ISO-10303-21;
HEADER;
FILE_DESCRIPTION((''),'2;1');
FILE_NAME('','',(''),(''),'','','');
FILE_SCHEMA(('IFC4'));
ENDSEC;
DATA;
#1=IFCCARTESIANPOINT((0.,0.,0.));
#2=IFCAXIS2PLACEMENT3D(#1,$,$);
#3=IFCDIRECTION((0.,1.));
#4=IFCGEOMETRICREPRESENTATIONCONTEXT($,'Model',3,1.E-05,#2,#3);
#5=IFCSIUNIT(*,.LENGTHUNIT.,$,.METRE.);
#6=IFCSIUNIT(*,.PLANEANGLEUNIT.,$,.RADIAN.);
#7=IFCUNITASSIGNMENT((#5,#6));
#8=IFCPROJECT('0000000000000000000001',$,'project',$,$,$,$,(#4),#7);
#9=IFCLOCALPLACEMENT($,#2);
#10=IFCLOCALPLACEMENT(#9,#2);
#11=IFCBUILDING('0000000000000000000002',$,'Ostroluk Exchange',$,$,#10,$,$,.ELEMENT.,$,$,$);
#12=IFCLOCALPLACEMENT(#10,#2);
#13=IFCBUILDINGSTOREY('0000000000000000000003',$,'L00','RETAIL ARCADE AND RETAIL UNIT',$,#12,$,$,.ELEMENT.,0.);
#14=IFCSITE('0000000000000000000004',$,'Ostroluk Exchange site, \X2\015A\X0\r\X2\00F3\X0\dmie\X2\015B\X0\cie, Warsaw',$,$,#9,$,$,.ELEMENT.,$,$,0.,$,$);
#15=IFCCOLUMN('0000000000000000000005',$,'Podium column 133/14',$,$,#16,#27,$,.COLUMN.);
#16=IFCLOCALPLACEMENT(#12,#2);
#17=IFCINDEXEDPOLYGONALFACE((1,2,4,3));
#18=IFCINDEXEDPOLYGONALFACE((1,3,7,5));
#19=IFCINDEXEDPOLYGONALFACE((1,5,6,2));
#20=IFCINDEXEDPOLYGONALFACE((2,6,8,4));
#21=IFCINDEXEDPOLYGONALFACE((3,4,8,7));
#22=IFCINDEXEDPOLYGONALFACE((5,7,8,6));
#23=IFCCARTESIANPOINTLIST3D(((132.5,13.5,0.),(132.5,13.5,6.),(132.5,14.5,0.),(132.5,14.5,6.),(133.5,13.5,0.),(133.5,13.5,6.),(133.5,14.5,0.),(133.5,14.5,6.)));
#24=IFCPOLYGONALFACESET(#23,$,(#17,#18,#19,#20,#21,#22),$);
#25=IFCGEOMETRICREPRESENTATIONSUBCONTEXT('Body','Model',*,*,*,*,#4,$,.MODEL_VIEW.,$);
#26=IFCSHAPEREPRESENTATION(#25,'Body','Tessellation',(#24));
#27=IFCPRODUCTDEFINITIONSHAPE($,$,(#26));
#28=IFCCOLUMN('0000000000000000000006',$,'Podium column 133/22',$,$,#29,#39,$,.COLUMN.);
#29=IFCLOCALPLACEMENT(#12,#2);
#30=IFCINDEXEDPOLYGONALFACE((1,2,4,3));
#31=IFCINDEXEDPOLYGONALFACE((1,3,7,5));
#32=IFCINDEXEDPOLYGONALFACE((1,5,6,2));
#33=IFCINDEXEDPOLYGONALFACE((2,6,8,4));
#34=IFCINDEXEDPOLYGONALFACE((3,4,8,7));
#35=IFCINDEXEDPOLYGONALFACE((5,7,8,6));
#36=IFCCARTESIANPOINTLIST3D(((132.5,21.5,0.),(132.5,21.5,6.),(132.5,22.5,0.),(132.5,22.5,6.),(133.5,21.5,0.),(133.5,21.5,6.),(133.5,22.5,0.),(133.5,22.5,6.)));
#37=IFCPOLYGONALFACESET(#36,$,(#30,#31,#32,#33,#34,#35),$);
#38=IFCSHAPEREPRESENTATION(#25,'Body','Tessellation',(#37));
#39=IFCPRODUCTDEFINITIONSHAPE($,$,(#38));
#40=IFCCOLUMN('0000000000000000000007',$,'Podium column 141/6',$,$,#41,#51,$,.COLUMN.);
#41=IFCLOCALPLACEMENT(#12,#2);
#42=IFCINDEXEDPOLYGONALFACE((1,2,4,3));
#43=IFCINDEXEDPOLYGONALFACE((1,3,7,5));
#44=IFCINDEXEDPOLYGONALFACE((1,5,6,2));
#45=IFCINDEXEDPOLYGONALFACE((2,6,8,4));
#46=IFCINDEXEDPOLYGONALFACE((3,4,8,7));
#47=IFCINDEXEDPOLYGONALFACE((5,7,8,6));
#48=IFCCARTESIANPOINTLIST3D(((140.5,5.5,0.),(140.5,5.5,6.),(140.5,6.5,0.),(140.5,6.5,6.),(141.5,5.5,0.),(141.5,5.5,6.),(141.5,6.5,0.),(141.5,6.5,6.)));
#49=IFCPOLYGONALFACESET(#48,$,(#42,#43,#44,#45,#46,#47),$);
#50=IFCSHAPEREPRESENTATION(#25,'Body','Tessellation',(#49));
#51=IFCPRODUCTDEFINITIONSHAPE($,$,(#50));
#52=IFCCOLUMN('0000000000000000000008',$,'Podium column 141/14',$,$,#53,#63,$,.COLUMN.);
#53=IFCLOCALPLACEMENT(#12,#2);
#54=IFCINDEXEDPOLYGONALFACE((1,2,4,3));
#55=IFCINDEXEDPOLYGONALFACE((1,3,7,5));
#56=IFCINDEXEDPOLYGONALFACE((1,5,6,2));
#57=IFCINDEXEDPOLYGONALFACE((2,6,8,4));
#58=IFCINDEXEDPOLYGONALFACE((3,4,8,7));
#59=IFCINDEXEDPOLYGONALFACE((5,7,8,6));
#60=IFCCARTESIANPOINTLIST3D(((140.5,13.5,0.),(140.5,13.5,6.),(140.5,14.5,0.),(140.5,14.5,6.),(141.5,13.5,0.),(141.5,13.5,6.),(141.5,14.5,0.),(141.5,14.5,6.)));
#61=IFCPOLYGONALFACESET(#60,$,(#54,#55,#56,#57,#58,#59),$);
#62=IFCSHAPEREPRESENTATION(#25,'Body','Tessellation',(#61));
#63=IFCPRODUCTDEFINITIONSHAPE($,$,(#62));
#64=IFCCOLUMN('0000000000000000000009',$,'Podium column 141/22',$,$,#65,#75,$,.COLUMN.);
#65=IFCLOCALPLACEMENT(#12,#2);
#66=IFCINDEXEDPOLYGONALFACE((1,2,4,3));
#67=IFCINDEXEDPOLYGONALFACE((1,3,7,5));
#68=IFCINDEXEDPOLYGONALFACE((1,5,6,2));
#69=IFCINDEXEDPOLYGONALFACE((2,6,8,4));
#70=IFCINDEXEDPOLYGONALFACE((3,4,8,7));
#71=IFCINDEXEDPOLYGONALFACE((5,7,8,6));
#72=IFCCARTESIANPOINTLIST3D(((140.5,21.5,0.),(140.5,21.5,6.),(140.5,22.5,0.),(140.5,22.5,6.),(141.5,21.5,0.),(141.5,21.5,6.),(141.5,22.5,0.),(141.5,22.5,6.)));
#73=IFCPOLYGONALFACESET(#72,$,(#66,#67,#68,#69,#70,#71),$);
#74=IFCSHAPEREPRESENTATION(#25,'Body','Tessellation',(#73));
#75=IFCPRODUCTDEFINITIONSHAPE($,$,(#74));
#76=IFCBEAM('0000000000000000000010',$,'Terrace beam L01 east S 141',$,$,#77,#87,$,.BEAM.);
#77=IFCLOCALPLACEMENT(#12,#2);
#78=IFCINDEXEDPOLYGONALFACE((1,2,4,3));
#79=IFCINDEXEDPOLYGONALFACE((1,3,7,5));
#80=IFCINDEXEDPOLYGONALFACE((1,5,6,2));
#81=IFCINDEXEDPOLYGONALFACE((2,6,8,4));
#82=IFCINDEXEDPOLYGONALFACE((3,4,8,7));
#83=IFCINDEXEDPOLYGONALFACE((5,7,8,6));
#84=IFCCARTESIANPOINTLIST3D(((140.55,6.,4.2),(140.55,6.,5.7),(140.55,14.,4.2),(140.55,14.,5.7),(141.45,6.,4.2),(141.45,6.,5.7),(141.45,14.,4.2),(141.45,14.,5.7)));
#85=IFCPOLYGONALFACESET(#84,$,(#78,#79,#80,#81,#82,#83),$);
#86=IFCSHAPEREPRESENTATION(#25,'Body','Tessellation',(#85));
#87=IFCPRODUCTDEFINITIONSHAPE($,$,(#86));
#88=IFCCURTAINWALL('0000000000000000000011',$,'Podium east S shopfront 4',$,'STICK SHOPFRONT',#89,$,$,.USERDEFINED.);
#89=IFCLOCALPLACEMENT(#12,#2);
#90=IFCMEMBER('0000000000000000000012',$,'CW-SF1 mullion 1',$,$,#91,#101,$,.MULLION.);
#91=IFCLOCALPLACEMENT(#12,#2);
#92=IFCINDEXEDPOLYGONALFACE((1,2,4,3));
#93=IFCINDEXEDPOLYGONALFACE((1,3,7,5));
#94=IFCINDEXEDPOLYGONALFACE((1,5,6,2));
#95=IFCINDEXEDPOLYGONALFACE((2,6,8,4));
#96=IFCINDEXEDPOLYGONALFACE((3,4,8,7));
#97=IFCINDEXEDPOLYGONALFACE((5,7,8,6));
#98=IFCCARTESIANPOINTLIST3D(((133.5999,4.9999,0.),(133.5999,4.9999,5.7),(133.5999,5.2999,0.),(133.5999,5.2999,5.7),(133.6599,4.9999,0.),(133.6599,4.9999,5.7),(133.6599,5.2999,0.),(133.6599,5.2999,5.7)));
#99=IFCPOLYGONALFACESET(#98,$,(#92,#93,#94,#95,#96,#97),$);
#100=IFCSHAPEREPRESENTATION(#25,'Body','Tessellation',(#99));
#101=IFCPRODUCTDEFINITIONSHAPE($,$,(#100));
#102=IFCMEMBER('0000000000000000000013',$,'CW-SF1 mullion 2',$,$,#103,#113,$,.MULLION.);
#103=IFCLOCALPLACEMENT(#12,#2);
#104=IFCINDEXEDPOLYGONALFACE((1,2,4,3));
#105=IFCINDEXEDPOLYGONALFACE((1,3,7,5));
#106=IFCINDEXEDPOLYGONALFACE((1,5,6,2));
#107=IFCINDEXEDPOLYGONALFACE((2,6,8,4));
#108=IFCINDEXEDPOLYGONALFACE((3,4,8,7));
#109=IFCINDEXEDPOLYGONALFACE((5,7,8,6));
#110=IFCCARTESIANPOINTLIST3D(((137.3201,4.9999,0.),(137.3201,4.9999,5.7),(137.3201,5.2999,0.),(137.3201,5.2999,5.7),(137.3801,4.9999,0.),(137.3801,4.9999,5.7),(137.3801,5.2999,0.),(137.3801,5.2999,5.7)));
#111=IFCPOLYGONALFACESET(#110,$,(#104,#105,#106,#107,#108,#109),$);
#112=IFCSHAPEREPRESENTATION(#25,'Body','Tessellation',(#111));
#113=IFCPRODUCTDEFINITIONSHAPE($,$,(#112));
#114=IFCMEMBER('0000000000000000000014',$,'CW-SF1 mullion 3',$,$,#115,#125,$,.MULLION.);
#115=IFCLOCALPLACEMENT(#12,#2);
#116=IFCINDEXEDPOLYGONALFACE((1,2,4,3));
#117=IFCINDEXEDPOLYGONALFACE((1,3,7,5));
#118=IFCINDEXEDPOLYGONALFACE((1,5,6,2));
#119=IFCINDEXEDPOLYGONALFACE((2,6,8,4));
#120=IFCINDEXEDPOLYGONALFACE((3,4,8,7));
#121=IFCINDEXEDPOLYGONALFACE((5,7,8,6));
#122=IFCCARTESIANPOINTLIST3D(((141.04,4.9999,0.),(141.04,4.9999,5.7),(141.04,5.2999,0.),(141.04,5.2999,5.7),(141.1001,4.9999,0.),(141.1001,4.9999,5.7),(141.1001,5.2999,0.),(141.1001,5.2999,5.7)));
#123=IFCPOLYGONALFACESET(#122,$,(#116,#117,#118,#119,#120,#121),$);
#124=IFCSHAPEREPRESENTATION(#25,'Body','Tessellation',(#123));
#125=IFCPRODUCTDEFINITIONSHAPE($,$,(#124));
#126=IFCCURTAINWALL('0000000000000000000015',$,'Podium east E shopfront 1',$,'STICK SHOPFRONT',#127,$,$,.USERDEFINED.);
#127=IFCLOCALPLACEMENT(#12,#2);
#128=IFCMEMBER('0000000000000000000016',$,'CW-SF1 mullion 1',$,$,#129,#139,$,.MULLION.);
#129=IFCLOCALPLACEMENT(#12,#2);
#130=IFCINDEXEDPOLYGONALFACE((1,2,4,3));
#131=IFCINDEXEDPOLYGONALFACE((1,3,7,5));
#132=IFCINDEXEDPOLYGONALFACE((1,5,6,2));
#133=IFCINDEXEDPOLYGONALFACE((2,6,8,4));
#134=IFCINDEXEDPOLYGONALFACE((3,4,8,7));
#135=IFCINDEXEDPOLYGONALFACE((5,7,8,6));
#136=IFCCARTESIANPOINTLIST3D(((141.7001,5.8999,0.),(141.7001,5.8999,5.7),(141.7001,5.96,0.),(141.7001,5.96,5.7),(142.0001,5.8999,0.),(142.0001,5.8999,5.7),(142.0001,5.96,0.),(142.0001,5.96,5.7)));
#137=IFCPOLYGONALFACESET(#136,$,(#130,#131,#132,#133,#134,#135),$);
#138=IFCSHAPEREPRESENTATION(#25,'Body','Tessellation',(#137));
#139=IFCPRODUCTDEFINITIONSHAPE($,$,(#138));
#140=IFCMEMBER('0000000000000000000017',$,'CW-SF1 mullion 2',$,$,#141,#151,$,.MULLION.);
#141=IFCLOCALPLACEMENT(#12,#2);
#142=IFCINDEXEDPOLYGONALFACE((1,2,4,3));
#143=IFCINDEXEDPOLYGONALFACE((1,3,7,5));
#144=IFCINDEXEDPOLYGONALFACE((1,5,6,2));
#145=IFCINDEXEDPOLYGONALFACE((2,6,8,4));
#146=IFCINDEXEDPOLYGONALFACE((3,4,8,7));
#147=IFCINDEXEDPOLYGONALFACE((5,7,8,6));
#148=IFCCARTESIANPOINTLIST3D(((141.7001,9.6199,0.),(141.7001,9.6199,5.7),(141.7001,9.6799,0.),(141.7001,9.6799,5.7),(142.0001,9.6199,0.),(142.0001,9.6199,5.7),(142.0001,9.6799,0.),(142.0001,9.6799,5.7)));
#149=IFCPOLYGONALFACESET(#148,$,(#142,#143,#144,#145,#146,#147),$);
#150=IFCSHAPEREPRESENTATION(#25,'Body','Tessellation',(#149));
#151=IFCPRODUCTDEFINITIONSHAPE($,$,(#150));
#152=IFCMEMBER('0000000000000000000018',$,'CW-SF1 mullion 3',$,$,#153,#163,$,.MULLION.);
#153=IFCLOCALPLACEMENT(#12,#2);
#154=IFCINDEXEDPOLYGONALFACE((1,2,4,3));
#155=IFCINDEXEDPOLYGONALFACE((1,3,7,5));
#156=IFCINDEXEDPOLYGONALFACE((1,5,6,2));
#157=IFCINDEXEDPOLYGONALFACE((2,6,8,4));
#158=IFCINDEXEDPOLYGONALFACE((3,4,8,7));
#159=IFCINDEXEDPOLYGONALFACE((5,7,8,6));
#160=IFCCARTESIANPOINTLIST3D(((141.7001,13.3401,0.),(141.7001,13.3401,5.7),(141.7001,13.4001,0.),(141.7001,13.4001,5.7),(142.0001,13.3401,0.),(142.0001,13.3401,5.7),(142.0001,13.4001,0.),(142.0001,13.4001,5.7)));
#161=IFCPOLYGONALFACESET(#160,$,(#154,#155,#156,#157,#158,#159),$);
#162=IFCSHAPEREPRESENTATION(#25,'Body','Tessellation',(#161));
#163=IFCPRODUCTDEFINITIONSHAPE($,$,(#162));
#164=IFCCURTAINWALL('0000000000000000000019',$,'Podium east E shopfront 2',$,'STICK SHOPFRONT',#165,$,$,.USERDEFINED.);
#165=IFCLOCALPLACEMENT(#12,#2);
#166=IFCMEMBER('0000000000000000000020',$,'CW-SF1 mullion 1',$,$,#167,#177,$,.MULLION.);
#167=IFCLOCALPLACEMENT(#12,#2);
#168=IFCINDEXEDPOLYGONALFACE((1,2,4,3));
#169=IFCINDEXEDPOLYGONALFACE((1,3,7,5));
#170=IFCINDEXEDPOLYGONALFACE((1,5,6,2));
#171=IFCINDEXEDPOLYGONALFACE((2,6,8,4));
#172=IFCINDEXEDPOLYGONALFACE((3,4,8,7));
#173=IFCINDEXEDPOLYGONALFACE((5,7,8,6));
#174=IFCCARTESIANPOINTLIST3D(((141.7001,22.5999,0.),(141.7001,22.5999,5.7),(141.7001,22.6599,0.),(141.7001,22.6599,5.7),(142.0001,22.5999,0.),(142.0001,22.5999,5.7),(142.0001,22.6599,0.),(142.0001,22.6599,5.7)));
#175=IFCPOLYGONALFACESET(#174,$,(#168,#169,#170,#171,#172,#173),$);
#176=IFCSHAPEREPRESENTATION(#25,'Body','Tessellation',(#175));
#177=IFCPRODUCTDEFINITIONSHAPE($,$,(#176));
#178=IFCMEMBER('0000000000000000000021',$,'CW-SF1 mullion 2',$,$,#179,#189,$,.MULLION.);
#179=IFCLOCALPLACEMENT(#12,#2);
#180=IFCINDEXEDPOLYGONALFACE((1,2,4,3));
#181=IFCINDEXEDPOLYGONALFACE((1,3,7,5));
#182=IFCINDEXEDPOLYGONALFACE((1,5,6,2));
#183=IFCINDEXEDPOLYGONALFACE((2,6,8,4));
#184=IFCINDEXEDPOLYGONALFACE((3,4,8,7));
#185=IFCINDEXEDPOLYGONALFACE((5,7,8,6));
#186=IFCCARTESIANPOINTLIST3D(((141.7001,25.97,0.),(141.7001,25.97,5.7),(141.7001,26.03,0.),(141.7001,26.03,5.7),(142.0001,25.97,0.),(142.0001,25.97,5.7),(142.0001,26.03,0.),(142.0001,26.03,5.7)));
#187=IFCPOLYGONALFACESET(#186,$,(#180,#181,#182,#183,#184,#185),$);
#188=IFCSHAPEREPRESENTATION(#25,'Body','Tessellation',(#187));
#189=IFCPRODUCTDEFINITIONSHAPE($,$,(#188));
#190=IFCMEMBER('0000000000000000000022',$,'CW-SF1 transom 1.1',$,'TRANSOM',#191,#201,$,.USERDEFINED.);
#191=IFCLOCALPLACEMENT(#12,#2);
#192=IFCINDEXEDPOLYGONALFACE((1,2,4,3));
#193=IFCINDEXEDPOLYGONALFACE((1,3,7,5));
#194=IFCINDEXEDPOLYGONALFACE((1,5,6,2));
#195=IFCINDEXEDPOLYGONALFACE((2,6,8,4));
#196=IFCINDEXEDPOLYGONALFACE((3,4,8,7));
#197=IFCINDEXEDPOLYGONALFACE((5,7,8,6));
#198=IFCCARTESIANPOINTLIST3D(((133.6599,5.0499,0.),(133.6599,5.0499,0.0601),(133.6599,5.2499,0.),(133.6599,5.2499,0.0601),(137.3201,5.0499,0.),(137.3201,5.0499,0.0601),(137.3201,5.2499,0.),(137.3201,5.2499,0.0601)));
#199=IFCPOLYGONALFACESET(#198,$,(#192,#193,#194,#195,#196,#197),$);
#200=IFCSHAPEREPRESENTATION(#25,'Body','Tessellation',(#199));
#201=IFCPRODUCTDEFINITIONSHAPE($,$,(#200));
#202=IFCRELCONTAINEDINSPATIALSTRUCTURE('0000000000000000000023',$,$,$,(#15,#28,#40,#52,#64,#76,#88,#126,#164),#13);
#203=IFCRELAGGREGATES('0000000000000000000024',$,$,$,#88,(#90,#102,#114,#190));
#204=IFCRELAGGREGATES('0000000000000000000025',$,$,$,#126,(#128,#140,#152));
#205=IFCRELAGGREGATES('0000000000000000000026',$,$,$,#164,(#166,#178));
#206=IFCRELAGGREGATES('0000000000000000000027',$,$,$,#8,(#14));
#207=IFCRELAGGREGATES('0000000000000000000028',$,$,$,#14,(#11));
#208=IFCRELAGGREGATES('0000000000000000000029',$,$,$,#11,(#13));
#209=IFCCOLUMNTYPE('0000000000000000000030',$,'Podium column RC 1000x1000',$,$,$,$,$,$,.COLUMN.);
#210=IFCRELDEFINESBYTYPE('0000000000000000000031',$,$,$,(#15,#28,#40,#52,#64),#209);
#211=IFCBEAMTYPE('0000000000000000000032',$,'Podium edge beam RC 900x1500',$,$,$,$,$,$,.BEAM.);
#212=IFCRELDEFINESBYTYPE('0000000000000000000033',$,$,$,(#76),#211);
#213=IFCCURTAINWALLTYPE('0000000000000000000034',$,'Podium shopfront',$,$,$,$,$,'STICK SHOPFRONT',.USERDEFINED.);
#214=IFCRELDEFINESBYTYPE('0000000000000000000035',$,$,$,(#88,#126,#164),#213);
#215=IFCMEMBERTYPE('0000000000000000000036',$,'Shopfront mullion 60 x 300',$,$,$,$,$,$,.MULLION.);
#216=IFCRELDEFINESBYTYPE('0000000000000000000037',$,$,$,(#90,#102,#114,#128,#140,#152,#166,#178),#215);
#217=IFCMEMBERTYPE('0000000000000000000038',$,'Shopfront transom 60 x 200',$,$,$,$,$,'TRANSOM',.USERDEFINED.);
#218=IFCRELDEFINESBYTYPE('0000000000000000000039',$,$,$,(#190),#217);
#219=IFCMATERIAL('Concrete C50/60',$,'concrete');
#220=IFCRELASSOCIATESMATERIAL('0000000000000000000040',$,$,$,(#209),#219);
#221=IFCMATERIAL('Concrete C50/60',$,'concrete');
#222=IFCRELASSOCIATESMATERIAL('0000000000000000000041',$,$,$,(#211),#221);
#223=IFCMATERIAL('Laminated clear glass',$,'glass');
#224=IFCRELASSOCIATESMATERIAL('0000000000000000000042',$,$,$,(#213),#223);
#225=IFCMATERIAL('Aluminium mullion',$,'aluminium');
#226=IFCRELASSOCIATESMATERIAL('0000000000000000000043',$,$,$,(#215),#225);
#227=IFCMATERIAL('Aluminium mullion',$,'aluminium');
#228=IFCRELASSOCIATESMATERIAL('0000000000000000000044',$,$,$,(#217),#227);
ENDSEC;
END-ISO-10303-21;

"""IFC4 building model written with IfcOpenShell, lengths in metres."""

from ifc_helpers import new_model, si_unit, direction, frame, origin, origin_2d, place, context, subcontext, project, spatial, rectangle, extrude, material, material_profile, profile_set, type_object, element, aggregate, save


model = new_model("IFC4")

# Units and contexts
model_context = context("Model", 3, precision=1e-05, world=origin(), true_north=direction((0.0, 1.0)))
body_context = subcontext(model_context, "Body", "Model", "MODEL_VIEW")
ifc_project = project(units=[si_unit("LENGTHUNIT", "METRE"), si_unit("PLANEANGLEUNIT", "RADIAN")], contexts=[model_context])

# Site, building, storey
site_placement = place(None, origin())
site = spatial("IfcSite", under=ifc_project, at=site_placement, Name="Ostroluk Exchange site, Śródmieście, Warsaw", CompositionType="ELEMENT", RefElevation=0.0)
building_placement = place(site_placement, origin())
building = spatial("IfcBuilding", under=site, at=building_placement, Name="Ostroluk Exchange", CompositionType="ELEMENT")
storey_placement = place(building_placement, origin())
storey = spatial("IfcBuildingStorey", under=building, at=storey_placement, Name="L00", Description="RETAIL ARCADE AND RETAIL UNIT", CompositionType="ELEMENT", Elevation=0.0)

# Columns
ifc_material_1 = material(Name="Concrete C50/60", Category="concrete")
ifc_material_profile_1 = material_profile(ifc_material_1, rectangle(XDim=1.0, YDim=1.0, at=origin_2d()), Name="RC 1000x1000")
ifc_profile_set_1 = profile_set([ifc_material_profile_1], Name="Concrete C50/60")
column_type = type_object("IfcColumnType", Name="Podium column RC 1000x1000", PredefinedType="COLUMN", material=ifc_profile_set_1)
for number, where, z_axis, x_axis, name in (
    (1, (133.0, 14.0, 0.0), (0.0, 0.0, 1.0), (1.0, 0.0, 0.0), "Podium column 133/14"),
    (2, (133.0, 22.0, 0.0), (0.0, 0.0, 1.0), (1.0, 0.0, 0.0), "Podium column 133/22"),
    (3, (141.0, 6.0, 0.0), (0.0, 0.0, 1.0), (1.0, 0.0, 0.0), "Podium column 141/6"),
    (4, (141.0, 14.0, 0.0), (0.0, 0.0, 1.0), (1.0, 0.0, 0.0), "Podium column 141/14"),
    (5, (141.0, 22.0, 0.0), (0.0, 0.0, 1.0), (1.0, 0.0, 0.0), "Podium column 141/22"),
):
    element("IfcColumn", number, at=place(storey_placement, frame(where, z_axis=z_axis, x_axis=x_axis)), inside=storey, type_object=column_type, Name=name, PredefinedType="COLUMN", context=body_context, shape_type="SweptSolid", body=[
        extrude(rectangle(XDim=1.0, YDim=1.0, at=origin_2d()), origin(), (0.0, 0.0, 1.0), 6.0),
    ])

# Beam
ifc_material_2 = material(Name="Concrete C50/60", Category="concrete")
ifc_material_profile_2 = material_profile(ifc_material_2, rectangle(XDim=0.8999, YDim=1.5, at=origin_2d()), Name="RC 900x1500")
ifc_profile_set_2 = profile_set([ifc_material_profile_2], Name="Concrete C50/60")
beam_type = type_object("IfcBeamType", Name="Podium edge beam RC 900x1500", PredefinedType="BEAM", material=ifc_profile_set_2)
beam_placement = place(storey_placement, frame((141.0, 6.0, 4.95), z_axis=(0.0, 1.0, 0.0), x_axis=(-1.0, 0.0, 0.0)))
element("IfcBeam", 6, at=beam_placement, inside=storey, type_object=beam_type, Name="Terrace beam L01 east S 141", PredefinedType="BEAM", context=body_context, shape_type="SweptSolid", body=[
    extrude(rectangle(XDim=0.8999, YDim=1.5, at=origin_2d()), origin(), (0.0, 0.0, 1.0), 8.0),
])

# Curtain walls, members
ifc_material_3 = material(Name="Laminated clear glass", Category="glass")
curtain_wall_type = type_object("IfcCurtainWallType", Name="Podium shopfront", ElementType="STICK SHOPFRONT", PredefinedType="USERDEFINED", material=ifc_material_3)
curtain_wall_1_placement = place(storey_placement, origin())
curtain_wall_1 = element("IfcCurtainWall", 7, at=curtain_wall_1_placement, inside=storey, type_object=curtain_wall_type, Name="Podium east S shopfront 4", ObjectType="STICK SHOPFRONT", PredefinedType="USERDEFINED")
ifc_material_4 = material(Name="Aluminium mullion", Category="aluminium")
ifc_material_profile_3 = material_profile(ifc_material_4, rectangle(XDim=0.3, YDim=0.0601, at=origin_2d()), Name="Shopfront mullion 60 x 300")
ifc_profile_set_3 = profile_set([ifc_material_profile_3], Name="Aluminium mullion")
member_type_1 = type_object("IfcMemberType", Name="Shopfront mullion 60 x 300", PredefinedType="MULLION", material=ifc_profile_set_3)
member_1_placement = place(storey_placement, frame((133.6299, 5.1499, 0.0), z_axis=(0.0, 0.0, 1.0), x_axis=(0.0, 1.0, 0.0)))
member_1 = element("IfcMember", 8, at=member_1_placement, type_object=member_type_1, Name="CW-SF1 mullion 1", PredefinedType="MULLION", context=body_context, shape_type="SweptSolid", body=[
    extrude(rectangle(XDim=0.3, YDim=0.0601, at=origin_2d()), origin(), (0.0, 0.0, 1.0), 5.7),
])
member_2_placement = place(storey_placement, frame((137.3501, 5.1499, 0.0), z_axis=(0.0, 0.0, 1.0), x_axis=(0.0, 1.0, 0.0)))
member_2 = element("IfcMember", 9, at=member_2_placement, type_object=member_type_1, Name="CW-SF1 mullion 2", PredefinedType="MULLION", context=body_context, shape_type="SweptSolid", body=[
    extrude(rectangle(XDim=0.3, YDim=0.0601, at=origin_2d()), origin(), (0.0, 0.0, 1.0), 5.7),
])
member_3_placement = place(storey_placement, frame((141.0701, 5.1499, 0.0), z_axis=(0.0, 0.0, 1.0), x_axis=(0.0, 1.0, 0.0)))
member_3 = element("IfcMember", 10, at=member_3_placement, type_object=member_type_1, Name="CW-SF1 mullion 3", PredefinedType="MULLION", context=body_context, shape_type="SweptSolid", body=[
    extrude(rectangle(XDim=0.3, YDim=0.0601, at=origin_2d()), origin(), (0.0, 0.0, 1.0), 5.7),
])
curtain_wall_2_placement = place(storey_placement, origin())
curtain_wall_2 = element("IfcCurtainWall", 11, at=curtain_wall_2_placement, inside=storey, type_object=curtain_wall_type, Name="Podium east E shopfront 1", ObjectType="STICK SHOPFRONT", PredefinedType="USERDEFINED")
member_4_placement = place(storey_placement, frame((141.8501, 5.9299, 0.0), z_axis=(0.0, 0.0, 1.0), x_axis=(-1.0, 0.0, 0.0)))
member_4 = element("IfcMember", 12, at=member_4_placement, type_object=member_type_1, Name="CW-SF1 mullion 1", PredefinedType="MULLION", context=body_context, shape_type="SweptSolid", body=[
    extrude(rectangle(XDim=0.3, YDim=0.0601, at=origin_2d()), origin(), (0.0, 0.0, 1.0), 5.7),
])
member_5_placement = place(storey_placement, frame((141.8501, 9.6499, 0.0), z_axis=(0.0, 0.0, 1.0), x_axis=(-1.0, 0.0, 0.0)))
member_5 = element("IfcMember", 13, at=member_5_placement, type_object=member_type_1, Name="CW-SF1 mullion 2", PredefinedType="MULLION", context=body_context, shape_type="SweptSolid", body=[
    extrude(rectangle(XDim=0.3, YDim=0.0601, at=origin_2d()), origin(), (0.0, 0.0, 1.0), 5.7),
])
member_6_placement = place(storey_placement, frame((141.8501, 13.3701, 0.0), z_axis=(0.0, 0.0, 1.0), x_axis=(-1.0, 0.0, 0.0)))
member_6 = element("IfcMember", 14, at=member_6_placement, type_object=member_type_1, Name="CW-SF1 mullion 3", PredefinedType="MULLION", context=body_context, shape_type="SweptSolid", body=[
    extrude(rectangle(XDim=0.3, YDim=0.0601, at=origin_2d()), origin(), (0.0, 0.0, 1.0), 5.7),
])
curtain_wall_3_placement = place(storey_placement, origin())
curtain_wall_3 = element("IfcCurtainWall", 15, at=curtain_wall_3_placement, inside=storey, type_object=curtain_wall_type, Name="Podium east E shopfront 2", ObjectType="STICK SHOPFRONT", PredefinedType="USERDEFINED")
member_7_placement = place(storey_placement, frame((141.8501, 22.6299, 0.0), z_axis=(0.0, 0.0, 1.0), x_axis=(-1.0, 0.0, 0.0)))
member_7 = element("IfcMember", 16, at=member_7_placement, type_object=member_type_1, Name="CW-SF1 mullion 1", PredefinedType="MULLION", context=body_context, shape_type="SweptSolid", body=[
    extrude(rectangle(XDim=0.3, YDim=0.0601, at=origin_2d()), origin(), (0.0, 0.0, 1.0), 5.7),
])
member_8_placement = place(storey_placement, frame((141.8501, 26.0, 0.0), z_axis=(0.0, 0.0, 1.0), x_axis=(-1.0, 0.0, 0.0)))
member_8 = element("IfcMember", 17, at=member_8_placement, type_object=member_type_1, Name="CW-SF1 mullion 2", PredefinedType="MULLION", context=body_context, shape_type="SweptSolid", body=[
    extrude(rectangle(XDim=0.3, YDim=0.0601, at=origin_2d()), origin(), (0.0, 0.0, 1.0), 5.7),
])

# Member
ifc_material_5 = material(Name="Aluminium mullion", Category="aluminium")
ifc_material_profile_4 = material_profile(ifc_material_5, rectangle(XDim=0.2, YDim=0.0601, at=origin_2d()), Name="Shopfront transom 60 x 200")
ifc_profile_set_4 = profile_set([ifc_material_profile_4], Name="Aluminium mullion")
member_type_2 = type_object("IfcMemberType", Name="Shopfront transom 60 x 200", ElementType="TRANSOM", PredefinedType="USERDEFINED", material=ifc_profile_set_4)
member_9_placement = place(storey_placement, frame((133.6599, 5.1499, 0.03), z_axis=(1.0, 0.0, 0.0), x_axis=(0.0, 1.0, 0.0)))
member_9 = element("IfcMember", 18, at=member_9_placement, type_object=member_type_2, Name="CW-SF1 transom 1.1", ObjectType="TRANSOM", PredefinedType="USERDEFINED", context=body_context, shape_type="SweptSolid", body=[
    extrude(rectangle(XDim=0.2, YDim=0.0601, at=origin_2d()), origin(), (0.0, 0.0, 1.0), 3.6602),
])

aggregate(curtain_wall_1, [member_1, member_2, member_3, member_9])
aggregate(curtain_wall_2, [member_4, member_5, member_6])
aggregate(curtain_wall_3, [member_7, member_8])

save(model, "model.ifc")
